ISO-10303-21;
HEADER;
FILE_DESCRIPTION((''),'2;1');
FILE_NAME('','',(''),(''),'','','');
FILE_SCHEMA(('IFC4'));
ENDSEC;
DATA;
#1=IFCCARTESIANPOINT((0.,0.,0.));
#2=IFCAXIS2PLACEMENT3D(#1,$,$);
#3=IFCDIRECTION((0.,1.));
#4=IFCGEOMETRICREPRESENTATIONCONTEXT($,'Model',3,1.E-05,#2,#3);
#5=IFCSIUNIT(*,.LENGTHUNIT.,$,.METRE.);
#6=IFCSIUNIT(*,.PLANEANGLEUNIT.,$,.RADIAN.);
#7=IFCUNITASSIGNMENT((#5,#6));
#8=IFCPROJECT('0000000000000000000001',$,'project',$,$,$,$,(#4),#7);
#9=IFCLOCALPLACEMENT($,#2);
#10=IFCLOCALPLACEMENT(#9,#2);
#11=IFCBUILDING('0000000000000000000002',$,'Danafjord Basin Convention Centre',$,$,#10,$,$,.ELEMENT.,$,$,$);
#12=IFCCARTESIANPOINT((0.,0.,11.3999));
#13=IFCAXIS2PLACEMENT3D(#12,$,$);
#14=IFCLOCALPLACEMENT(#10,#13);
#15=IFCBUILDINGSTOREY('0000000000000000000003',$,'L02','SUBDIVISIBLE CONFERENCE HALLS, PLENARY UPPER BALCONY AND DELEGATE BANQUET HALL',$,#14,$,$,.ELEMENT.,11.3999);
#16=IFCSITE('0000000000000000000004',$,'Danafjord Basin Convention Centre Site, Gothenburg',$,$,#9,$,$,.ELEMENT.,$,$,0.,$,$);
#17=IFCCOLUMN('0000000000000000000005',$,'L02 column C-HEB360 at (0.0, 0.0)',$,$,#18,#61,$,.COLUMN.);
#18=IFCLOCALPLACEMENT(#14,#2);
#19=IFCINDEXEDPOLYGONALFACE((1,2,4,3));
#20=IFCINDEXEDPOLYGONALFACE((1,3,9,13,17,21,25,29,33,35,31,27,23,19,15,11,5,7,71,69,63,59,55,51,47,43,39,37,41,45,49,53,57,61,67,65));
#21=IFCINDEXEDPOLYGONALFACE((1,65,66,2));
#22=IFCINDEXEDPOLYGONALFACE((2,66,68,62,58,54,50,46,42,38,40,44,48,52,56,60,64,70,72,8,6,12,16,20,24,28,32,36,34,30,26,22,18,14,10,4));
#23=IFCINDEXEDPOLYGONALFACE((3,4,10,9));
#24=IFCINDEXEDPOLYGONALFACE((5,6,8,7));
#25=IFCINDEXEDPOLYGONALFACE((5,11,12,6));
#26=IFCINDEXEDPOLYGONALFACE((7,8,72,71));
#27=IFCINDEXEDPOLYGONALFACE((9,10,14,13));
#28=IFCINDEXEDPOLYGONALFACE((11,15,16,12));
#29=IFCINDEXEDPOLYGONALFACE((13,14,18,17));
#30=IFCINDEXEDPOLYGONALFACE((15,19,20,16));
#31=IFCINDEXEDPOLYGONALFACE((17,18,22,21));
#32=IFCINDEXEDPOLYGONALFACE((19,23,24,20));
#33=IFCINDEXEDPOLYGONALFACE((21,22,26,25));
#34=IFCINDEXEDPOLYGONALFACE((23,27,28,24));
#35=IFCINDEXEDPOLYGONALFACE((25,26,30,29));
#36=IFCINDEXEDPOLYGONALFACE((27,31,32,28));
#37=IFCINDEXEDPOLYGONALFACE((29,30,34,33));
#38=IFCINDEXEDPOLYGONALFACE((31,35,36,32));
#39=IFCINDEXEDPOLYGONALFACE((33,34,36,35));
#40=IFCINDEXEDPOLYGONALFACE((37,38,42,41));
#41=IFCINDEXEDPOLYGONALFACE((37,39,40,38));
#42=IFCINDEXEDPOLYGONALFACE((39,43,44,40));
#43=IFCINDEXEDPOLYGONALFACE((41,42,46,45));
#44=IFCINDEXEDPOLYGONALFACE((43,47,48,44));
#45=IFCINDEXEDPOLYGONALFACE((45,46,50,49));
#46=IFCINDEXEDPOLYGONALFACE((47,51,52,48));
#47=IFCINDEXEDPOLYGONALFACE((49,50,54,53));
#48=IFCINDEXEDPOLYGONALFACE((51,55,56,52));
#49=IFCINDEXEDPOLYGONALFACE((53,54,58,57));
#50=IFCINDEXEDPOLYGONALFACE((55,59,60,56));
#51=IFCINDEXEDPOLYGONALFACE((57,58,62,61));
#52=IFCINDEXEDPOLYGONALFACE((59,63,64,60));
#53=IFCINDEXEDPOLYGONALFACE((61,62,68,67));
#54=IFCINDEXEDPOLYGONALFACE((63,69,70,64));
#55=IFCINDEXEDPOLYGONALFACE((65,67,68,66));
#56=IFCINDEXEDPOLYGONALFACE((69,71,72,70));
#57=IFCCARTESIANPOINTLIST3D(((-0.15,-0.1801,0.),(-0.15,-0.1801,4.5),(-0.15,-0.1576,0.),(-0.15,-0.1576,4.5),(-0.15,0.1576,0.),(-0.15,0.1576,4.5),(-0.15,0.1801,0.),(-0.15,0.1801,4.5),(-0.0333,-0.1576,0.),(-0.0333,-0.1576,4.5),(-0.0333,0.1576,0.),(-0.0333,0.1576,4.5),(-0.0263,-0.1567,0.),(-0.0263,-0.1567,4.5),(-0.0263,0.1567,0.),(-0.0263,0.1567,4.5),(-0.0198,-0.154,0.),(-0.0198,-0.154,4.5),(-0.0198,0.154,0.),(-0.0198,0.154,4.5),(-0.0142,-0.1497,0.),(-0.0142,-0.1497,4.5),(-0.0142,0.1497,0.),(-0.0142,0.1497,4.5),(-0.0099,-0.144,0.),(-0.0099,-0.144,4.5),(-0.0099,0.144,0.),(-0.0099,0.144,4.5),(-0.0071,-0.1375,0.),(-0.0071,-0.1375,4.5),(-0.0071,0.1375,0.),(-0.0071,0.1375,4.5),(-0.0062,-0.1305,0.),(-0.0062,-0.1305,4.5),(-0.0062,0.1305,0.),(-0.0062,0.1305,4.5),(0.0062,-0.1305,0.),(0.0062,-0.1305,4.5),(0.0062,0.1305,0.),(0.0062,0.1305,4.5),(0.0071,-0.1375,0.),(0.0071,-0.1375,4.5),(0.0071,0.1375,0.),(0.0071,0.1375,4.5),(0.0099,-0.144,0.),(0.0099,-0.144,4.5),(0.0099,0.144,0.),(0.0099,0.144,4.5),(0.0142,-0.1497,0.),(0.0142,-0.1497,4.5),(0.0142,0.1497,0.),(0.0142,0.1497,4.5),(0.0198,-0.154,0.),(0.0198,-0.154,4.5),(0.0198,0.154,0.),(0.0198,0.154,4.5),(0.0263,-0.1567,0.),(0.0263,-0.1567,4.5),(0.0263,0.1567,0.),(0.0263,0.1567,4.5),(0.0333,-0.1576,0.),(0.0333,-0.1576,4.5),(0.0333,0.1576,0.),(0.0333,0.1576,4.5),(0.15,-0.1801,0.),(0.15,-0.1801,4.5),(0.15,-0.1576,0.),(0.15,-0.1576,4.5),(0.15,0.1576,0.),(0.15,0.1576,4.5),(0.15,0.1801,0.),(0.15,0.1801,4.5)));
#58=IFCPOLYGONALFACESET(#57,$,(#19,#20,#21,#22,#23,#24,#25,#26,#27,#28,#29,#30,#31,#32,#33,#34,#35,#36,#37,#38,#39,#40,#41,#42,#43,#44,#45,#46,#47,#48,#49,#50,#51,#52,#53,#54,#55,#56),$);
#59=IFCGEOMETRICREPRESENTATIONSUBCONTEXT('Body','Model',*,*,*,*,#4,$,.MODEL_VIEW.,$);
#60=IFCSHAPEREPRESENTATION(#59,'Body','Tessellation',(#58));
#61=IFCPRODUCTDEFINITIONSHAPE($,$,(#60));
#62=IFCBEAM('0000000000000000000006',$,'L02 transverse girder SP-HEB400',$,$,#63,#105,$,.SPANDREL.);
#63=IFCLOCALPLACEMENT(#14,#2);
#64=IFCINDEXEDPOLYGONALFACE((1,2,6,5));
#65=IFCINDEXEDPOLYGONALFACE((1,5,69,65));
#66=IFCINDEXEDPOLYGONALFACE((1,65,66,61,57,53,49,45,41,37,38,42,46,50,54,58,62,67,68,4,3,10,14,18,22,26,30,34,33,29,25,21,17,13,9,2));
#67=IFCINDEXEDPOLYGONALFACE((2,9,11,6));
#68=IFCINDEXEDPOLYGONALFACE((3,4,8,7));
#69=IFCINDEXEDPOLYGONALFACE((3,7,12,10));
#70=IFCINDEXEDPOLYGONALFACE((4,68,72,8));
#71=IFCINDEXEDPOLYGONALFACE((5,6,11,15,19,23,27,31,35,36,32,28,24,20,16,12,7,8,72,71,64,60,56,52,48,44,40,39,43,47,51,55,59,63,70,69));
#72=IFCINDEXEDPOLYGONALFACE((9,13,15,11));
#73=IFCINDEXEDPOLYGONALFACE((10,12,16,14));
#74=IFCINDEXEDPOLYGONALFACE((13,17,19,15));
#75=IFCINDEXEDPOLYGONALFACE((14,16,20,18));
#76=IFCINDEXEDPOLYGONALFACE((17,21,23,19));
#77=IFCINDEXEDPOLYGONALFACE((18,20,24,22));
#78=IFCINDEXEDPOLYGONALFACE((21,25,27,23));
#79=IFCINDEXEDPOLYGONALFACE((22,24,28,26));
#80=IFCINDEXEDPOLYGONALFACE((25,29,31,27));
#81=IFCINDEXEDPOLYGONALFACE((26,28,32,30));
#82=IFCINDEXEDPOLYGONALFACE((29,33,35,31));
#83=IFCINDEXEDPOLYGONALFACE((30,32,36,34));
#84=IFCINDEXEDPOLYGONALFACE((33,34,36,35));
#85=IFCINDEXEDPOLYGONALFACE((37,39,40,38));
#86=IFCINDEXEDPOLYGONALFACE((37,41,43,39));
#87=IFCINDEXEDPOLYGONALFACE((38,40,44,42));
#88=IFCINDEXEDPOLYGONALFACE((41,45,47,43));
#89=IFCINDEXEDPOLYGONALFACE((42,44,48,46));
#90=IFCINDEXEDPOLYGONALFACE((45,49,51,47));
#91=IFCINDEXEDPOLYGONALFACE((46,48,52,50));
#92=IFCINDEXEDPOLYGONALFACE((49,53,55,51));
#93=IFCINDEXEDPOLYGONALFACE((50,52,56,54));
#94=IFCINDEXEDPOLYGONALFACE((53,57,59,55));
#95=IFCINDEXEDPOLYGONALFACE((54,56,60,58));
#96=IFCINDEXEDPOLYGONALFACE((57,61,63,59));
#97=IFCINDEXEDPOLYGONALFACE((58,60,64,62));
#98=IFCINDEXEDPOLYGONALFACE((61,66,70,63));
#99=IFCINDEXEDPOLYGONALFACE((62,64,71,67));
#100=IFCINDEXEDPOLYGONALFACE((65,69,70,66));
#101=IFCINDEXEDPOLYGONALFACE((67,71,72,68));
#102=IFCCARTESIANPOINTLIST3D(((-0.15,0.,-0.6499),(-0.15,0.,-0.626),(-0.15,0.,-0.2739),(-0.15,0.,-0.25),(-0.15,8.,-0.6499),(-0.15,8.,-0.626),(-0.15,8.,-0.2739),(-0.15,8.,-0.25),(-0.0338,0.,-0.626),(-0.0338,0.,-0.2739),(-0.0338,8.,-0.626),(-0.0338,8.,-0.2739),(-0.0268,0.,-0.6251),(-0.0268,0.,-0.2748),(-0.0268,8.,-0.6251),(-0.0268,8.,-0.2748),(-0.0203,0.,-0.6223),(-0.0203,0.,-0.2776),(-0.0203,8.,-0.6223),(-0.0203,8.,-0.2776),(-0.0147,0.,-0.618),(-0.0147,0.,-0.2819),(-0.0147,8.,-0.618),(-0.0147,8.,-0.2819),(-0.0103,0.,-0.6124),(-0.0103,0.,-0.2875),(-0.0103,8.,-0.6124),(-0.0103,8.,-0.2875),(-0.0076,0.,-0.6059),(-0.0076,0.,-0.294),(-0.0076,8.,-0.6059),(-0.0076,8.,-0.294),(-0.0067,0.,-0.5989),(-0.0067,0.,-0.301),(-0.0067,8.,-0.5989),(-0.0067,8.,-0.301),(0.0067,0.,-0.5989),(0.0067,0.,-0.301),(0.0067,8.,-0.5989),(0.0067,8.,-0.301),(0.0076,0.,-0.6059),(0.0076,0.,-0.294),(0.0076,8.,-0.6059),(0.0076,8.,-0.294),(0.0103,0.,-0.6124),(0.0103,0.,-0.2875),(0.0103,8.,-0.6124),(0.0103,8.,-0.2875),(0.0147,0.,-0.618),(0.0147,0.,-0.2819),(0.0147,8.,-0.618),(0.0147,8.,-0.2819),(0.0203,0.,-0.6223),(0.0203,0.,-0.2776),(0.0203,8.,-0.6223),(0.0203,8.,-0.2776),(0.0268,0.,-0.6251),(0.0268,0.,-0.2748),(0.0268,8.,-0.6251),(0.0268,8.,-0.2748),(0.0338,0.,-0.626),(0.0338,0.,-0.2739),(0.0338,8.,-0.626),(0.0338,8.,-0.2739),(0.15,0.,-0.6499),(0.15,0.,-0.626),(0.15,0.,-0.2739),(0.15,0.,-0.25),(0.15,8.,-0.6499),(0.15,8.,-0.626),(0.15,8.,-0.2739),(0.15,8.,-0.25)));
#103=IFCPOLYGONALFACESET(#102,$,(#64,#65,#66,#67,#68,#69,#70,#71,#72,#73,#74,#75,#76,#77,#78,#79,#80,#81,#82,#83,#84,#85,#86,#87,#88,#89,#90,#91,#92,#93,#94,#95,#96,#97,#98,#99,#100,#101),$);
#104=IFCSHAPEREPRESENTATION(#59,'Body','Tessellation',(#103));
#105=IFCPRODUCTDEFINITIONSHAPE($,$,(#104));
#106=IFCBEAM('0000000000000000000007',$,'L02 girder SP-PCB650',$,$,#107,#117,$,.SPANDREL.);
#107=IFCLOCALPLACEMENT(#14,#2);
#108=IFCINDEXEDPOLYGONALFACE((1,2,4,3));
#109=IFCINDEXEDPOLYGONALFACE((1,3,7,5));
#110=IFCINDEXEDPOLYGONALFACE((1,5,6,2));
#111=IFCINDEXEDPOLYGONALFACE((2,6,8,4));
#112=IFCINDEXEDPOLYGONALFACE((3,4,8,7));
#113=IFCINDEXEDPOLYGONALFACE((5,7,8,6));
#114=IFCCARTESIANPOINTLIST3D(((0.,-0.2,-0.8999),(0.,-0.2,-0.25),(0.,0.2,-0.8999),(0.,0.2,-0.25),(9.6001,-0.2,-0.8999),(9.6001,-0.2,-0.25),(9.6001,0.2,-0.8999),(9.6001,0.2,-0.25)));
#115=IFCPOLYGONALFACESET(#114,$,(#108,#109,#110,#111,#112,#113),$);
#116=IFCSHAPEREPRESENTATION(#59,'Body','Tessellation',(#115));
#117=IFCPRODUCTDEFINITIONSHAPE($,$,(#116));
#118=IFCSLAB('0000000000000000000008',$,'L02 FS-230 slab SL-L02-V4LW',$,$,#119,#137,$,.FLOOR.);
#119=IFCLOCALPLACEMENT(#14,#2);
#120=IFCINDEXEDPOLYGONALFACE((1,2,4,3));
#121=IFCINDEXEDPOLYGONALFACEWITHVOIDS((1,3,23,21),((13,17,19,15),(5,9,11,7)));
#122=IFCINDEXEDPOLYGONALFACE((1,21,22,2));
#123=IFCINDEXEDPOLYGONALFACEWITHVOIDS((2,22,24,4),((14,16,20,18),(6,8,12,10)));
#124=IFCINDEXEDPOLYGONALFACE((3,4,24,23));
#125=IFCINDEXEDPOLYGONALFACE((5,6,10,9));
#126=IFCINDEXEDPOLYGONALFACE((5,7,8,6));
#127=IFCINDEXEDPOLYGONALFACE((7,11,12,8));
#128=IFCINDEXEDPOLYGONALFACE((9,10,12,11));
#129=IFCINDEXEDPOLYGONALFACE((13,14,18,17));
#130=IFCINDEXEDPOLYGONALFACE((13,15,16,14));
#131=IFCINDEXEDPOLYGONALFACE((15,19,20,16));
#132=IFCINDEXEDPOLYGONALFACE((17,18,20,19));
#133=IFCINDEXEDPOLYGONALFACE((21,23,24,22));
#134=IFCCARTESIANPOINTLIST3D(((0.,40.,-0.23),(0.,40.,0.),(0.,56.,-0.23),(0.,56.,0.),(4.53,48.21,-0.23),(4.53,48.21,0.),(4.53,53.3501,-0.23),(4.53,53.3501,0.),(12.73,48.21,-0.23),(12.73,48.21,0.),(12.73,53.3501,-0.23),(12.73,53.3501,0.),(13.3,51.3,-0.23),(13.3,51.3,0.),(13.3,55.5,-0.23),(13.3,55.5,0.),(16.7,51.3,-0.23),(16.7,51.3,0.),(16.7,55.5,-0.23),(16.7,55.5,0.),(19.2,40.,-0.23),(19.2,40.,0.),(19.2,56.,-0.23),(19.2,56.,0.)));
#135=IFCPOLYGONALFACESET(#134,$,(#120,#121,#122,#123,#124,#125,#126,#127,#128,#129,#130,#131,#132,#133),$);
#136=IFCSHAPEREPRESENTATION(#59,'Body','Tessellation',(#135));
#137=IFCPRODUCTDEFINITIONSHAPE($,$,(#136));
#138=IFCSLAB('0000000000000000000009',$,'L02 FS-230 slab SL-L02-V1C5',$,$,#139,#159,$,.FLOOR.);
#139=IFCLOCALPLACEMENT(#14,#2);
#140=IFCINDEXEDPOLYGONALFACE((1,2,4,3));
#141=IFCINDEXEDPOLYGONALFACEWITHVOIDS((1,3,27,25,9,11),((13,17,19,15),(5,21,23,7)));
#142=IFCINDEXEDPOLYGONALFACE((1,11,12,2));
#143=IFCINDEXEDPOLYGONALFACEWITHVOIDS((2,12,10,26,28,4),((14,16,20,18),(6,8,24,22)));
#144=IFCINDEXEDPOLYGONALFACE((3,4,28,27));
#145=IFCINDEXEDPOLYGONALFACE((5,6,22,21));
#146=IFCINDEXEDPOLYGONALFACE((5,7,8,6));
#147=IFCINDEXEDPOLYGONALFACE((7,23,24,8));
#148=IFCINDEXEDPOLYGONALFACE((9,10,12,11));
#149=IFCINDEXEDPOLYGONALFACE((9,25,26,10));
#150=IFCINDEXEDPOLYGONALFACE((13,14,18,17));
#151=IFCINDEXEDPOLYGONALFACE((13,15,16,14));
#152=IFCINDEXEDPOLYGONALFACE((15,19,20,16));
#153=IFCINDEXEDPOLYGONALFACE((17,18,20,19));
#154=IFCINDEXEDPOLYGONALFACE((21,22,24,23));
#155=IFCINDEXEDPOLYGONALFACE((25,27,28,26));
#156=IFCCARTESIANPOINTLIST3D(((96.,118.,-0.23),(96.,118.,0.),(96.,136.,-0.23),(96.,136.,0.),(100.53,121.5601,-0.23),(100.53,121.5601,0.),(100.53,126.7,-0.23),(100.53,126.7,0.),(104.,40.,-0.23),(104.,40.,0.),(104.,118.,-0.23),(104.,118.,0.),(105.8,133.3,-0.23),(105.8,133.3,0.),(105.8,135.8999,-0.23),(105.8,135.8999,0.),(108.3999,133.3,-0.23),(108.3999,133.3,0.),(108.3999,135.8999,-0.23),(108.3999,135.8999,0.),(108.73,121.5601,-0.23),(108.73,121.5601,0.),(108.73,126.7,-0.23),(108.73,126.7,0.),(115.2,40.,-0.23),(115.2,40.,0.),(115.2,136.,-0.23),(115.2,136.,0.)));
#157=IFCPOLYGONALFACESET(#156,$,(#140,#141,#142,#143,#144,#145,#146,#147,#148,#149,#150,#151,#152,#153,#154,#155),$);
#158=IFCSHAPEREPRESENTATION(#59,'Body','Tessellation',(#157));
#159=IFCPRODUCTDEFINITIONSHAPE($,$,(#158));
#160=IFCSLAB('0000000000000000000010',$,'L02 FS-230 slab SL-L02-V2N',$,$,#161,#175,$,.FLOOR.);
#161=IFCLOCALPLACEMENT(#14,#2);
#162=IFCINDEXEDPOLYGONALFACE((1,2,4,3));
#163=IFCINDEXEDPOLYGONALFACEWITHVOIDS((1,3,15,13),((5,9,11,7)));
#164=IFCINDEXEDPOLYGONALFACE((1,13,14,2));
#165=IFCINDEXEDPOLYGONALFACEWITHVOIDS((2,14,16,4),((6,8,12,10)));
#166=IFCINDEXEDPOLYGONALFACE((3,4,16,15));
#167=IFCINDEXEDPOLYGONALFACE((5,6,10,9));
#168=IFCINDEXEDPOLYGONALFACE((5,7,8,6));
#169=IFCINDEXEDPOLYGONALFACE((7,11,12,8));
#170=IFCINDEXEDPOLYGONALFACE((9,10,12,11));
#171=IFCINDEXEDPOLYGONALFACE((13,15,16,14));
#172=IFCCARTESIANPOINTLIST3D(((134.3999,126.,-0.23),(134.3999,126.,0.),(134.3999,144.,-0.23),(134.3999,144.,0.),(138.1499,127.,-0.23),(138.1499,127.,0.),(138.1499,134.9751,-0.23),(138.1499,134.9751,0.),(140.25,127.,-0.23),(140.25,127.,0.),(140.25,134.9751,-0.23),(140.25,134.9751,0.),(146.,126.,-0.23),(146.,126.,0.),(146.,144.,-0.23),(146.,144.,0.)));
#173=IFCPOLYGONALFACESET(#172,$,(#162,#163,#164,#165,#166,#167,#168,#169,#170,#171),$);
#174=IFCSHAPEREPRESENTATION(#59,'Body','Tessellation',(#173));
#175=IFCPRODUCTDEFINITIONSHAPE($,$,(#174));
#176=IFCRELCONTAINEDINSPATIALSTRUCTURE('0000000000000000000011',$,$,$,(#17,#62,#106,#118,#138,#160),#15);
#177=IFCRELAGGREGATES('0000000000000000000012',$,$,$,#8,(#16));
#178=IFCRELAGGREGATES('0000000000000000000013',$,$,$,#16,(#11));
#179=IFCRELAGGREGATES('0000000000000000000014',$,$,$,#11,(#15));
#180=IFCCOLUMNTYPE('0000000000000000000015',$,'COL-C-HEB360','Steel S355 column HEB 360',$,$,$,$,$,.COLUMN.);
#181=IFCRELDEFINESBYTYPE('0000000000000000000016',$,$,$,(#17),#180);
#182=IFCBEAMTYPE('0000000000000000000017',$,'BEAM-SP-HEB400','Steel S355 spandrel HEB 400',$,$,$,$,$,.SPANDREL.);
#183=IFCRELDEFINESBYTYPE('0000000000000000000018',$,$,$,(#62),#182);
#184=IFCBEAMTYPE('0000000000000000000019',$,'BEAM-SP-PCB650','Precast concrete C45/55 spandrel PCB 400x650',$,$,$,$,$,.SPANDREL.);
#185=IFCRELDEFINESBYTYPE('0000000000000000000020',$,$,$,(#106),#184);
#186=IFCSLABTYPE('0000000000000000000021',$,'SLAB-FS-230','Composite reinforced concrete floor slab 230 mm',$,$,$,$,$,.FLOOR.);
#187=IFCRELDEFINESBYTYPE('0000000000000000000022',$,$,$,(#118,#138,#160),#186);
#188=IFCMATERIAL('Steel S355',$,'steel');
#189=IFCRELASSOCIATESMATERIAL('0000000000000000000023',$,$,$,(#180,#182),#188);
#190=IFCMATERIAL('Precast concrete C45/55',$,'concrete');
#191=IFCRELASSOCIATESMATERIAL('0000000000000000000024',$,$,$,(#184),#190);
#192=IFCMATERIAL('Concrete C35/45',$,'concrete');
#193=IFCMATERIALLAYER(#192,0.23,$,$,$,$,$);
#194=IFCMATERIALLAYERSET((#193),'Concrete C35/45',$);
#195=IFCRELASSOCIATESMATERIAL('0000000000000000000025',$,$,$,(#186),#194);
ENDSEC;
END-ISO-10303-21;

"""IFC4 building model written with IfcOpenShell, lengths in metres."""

from ifc_helpers import new_model, si_unit, direction, frame, origin, origin_with_axes, origin_2d, place, context, subcontext, project, spatial, polyline, rectangle, i_section, outline, extrude, material, layer, layer_set, material_profile, profile_set, type_object, element, save


model = new_model("IFC4")

# Units and contexts
model_context = context("Model", 3, precision=1e-05, world=origin(), true_north=direction((0.0, 1.0)))
body_context = subcontext(model_context, "Body", "Model", "MODEL_VIEW")
ifc_project = project(units=[si_unit("LENGTHUNIT", "METRE"), si_unit("PLANEANGLEUNIT", "RADIAN")], contexts=[model_context])

# Site, building, storey
site_placement = place(None, origin())
site = spatial("IfcSite", under=ifc_project, at=site_placement, Name="Danafjord Basin Convention Centre Site, Gothenburg", CompositionType="ELEMENT", RefElevation=0.0)
building_placement = place(site_placement, origin())
building = spatial("IfcBuilding", under=site, at=building_placement, Name="Danafjord Basin Convention Centre", CompositionType="ELEMENT")
storey_placement = place(building_placement, frame((0.0, 0.0, 11.3999)))
storey = spatial("IfcBuildingStorey", under=building, at=storey_placement, Name="L02", Description="SUBDIVISIBLE CONFERENCE HALLS, PLENARY UPPER BALCONY AND DELEGATE BANQUET HALL", CompositionType="ELEMENT", Elevation=11.3999)

# Column
ifc_material_1 = material(Name="Steel S355", Category="steel")
ifc_material_profile_1 = material_profile(ifc_material_1, i_section(OverallWidth=0.3, OverallDepth=0.3601, WebThickness=0.0125, FlangeThickness=0.0225, FilletRadius=0.0271, at=origin_2d()), Name="HEB 360")
ifc_profile_set_1 = profile_set([ifc_material_profile_1], Name="Steel S355")
column_type = type_object("IfcColumnType", Name="COL-C-HEB360", Description="Steel S355 column HEB 360", PredefinedType="COLUMN", material=ifc_profile_set_1)
column_placement = place(storey_placement, origin_with_axes())
element("IfcColumn", 1, at=column_placement, inside=storey, type_object=column_type, Name="L02 column C-HEB360 at (0.0, 0.0)", PredefinedType="COLUMN", context=body_context, shape_type="SweptSolid", body=[
    extrude(i_section(OverallWidth=0.3, OverallDepth=0.3601, WebThickness=0.0125, FlangeThickness=0.0225, FilletRadius=0.0271, at=origin_2d()), origin(), (0.0, 0.0, 1.0), 4.5),
])

# Beams
ifc_material_profile_2 = material_profile(ifc_material_1, i_section(OverallWidth=0.3, OverallDepth=0.3999, WebThickness=0.0134, FlangeThickness=0.0239, FilletRadius=0.0271, at=origin_2d()), Name="HEB 400")
ifc_profile_set_2 = profile_set([ifc_material_profile_2], Name="Steel S355")
beam_type_1 = type_object("IfcBeamType", Name="BEAM-SP-HEB400", Description="Steel S355 spandrel HEB 400", PredefinedType="SPANDREL", material=ifc_profile_set_2)
beam_1_placement = place(storey_placement, frame((0.0, 0.0, -0.45), z_axis=(0.0, 1.0, 0.0), x_axis=(-1.0, 0.0, 0.0)))
element("IfcBeam", 2, at=beam_1_placement, inside=storey, type_object=beam_type_1, Name="L02 transverse girder SP-HEB400", PredefinedType="SPANDREL", context=body_context, shape_type="SweptSolid", body=[
    extrude(i_section(OverallWidth=0.3, OverallDepth=0.3999, WebThickness=0.0134, FlangeThickness=0.0239, FilletRadius=0.0271, at=origin_2d()), origin(), (0.0, 0.0, 1.0), 8.0),
])
ifc_material_2 = material(Name="Precast concrete C45/55", Category="concrete")
ifc_material_profile_3 = material_profile(ifc_material_2, rectangle(XDim=0.3999, YDim=0.6499, at=origin_2d()), Name="PCB 400x650")
ifc_profile_set_3 = profile_set([ifc_material_profile_3], Name="Precast concrete C45/55")
beam_type_2 = type_object("IfcBeamType", Name="BEAM-SP-PCB650", Description="Precast concrete C45/55 spandrel PCB 400x650", PredefinedType="SPANDREL", material=ifc_profile_set_3)
beam_2_placement = place(storey_placement, frame((0.0, 0.0, -0.575), z_axis=(1.0, 0.0, 0.0), x_axis=(0.0, 1.0, 0.0)))
element("IfcBeam", 3, at=beam_2_placement, inside=storey, type_object=beam_type_2, Name="L02 girder SP-PCB650", PredefinedType="SPANDREL", context=body_context, shape_type="SweptSolid", body=[
    extrude(rectangle(XDim=0.3999, YDim=0.6499, at=origin_2d()), origin(), (0.0, 0.0, 1.0), 9.6001),
])

# Slabs
ifc_material_3 = material(Name="Concrete C35/45", Category="concrete")
ifc_layer_1 = layer(ifc_material_3, 0.23)
ifc_layer_set_1 = layer_set([ifc_layer_1], Name="Concrete C35/45")
slab_type_1 = type_object("IfcSlabType", Name="SLAB-FS-230", Description="Composite reinforced concrete floor slab 230 mm", PredefinedType="FLOOR", material=ifc_layer_set_1)
slab_1_placement = place(storey_placement, frame((0.0, 0.0, -0.23)))
element("IfcSlab", 4, at=slab_1_placement, inside=storey, type_object=slab_type_1, Name="L02 FS-230 slab SL-L02-V4LW", PredefinedType="FLOOR", context=body_context, shape_type="SweptSolid", body=[
    extrude(outline(polyline([(0.0, 56.0), (19.2, 56.0), (19.2, 40.0), (0.0, 40.0), (0.0, 56.0)]), holes=[polyline([(16.7, 51.3), (16.7, 55.5), (13.3, 55.5), (13.3, 51.3), (16.7, 51.3)]), polyline([(4.53, 48.21), (12.73, 48.21), (12.73, 53.3501), (4.53, 53.3501), (4.53, 48.21)])]), origin(), (0.0, 0.0, 1.0), 0.23),
])
slab_2_placement = place(storey_placement, frame((0.0, 0.0, -0.23)))
element("IfcSlab", 5, at=slab_2_placement, inside=storey, type_object=slab_type_1, Name="L02 FS-230 slab SL-L02-V1C5", PredefinedType="FLOOR", context=body_context, shape_type="SweptSolid", body=[
    extrude(outline(polyline([(96.0, 118.0), (96.0, 136.0), (115.2, 136.0), (115.2, 40.0), (104.0, 40.0), (104.0, 118.0), (96.0, 118.0)]), holes=[polyline([(108.73, 121.5601), (108.73, 126.7), (100.53, 126.7), (100.53, 121.5601), (108.73, 121.5601)]), polyline([(108.3999, 135.8999), (105.8, 135.8999), (105.8, 133.3), (108.3999, 133.3), (108.3999, 135.8999)])]), origin(), (0.0, 0.0, 1.0), 0.23),
])
slab_3_placement = place(storey_placement, frame((0.0, 0.0, -0.23)))
element("IfcSlab", 6, at=slab_3_placement, inside=storey, type_object=slab_type_1, Name="L02 FS-230 slab SL-L02-V2N", PredefinedType="FLOOR", context=body_context, shape_type="SweptSolid", body=[
    extrude(outline(polyline([(134.3999, 144.0), (146.0, 144.0), (146.0, 126.0), (134.3999, 126.0), (134.3999, 144.0)]), holes=[polyline([(140.25, 127.0), (140.25, 134.9751), (138.1499, 134.9751), (138.1499, 127.0), (140.25, 127.0)])]), origin(), (0.0, 0.0, 1.0), 0.23),
])

save(model, "model.ifc")
